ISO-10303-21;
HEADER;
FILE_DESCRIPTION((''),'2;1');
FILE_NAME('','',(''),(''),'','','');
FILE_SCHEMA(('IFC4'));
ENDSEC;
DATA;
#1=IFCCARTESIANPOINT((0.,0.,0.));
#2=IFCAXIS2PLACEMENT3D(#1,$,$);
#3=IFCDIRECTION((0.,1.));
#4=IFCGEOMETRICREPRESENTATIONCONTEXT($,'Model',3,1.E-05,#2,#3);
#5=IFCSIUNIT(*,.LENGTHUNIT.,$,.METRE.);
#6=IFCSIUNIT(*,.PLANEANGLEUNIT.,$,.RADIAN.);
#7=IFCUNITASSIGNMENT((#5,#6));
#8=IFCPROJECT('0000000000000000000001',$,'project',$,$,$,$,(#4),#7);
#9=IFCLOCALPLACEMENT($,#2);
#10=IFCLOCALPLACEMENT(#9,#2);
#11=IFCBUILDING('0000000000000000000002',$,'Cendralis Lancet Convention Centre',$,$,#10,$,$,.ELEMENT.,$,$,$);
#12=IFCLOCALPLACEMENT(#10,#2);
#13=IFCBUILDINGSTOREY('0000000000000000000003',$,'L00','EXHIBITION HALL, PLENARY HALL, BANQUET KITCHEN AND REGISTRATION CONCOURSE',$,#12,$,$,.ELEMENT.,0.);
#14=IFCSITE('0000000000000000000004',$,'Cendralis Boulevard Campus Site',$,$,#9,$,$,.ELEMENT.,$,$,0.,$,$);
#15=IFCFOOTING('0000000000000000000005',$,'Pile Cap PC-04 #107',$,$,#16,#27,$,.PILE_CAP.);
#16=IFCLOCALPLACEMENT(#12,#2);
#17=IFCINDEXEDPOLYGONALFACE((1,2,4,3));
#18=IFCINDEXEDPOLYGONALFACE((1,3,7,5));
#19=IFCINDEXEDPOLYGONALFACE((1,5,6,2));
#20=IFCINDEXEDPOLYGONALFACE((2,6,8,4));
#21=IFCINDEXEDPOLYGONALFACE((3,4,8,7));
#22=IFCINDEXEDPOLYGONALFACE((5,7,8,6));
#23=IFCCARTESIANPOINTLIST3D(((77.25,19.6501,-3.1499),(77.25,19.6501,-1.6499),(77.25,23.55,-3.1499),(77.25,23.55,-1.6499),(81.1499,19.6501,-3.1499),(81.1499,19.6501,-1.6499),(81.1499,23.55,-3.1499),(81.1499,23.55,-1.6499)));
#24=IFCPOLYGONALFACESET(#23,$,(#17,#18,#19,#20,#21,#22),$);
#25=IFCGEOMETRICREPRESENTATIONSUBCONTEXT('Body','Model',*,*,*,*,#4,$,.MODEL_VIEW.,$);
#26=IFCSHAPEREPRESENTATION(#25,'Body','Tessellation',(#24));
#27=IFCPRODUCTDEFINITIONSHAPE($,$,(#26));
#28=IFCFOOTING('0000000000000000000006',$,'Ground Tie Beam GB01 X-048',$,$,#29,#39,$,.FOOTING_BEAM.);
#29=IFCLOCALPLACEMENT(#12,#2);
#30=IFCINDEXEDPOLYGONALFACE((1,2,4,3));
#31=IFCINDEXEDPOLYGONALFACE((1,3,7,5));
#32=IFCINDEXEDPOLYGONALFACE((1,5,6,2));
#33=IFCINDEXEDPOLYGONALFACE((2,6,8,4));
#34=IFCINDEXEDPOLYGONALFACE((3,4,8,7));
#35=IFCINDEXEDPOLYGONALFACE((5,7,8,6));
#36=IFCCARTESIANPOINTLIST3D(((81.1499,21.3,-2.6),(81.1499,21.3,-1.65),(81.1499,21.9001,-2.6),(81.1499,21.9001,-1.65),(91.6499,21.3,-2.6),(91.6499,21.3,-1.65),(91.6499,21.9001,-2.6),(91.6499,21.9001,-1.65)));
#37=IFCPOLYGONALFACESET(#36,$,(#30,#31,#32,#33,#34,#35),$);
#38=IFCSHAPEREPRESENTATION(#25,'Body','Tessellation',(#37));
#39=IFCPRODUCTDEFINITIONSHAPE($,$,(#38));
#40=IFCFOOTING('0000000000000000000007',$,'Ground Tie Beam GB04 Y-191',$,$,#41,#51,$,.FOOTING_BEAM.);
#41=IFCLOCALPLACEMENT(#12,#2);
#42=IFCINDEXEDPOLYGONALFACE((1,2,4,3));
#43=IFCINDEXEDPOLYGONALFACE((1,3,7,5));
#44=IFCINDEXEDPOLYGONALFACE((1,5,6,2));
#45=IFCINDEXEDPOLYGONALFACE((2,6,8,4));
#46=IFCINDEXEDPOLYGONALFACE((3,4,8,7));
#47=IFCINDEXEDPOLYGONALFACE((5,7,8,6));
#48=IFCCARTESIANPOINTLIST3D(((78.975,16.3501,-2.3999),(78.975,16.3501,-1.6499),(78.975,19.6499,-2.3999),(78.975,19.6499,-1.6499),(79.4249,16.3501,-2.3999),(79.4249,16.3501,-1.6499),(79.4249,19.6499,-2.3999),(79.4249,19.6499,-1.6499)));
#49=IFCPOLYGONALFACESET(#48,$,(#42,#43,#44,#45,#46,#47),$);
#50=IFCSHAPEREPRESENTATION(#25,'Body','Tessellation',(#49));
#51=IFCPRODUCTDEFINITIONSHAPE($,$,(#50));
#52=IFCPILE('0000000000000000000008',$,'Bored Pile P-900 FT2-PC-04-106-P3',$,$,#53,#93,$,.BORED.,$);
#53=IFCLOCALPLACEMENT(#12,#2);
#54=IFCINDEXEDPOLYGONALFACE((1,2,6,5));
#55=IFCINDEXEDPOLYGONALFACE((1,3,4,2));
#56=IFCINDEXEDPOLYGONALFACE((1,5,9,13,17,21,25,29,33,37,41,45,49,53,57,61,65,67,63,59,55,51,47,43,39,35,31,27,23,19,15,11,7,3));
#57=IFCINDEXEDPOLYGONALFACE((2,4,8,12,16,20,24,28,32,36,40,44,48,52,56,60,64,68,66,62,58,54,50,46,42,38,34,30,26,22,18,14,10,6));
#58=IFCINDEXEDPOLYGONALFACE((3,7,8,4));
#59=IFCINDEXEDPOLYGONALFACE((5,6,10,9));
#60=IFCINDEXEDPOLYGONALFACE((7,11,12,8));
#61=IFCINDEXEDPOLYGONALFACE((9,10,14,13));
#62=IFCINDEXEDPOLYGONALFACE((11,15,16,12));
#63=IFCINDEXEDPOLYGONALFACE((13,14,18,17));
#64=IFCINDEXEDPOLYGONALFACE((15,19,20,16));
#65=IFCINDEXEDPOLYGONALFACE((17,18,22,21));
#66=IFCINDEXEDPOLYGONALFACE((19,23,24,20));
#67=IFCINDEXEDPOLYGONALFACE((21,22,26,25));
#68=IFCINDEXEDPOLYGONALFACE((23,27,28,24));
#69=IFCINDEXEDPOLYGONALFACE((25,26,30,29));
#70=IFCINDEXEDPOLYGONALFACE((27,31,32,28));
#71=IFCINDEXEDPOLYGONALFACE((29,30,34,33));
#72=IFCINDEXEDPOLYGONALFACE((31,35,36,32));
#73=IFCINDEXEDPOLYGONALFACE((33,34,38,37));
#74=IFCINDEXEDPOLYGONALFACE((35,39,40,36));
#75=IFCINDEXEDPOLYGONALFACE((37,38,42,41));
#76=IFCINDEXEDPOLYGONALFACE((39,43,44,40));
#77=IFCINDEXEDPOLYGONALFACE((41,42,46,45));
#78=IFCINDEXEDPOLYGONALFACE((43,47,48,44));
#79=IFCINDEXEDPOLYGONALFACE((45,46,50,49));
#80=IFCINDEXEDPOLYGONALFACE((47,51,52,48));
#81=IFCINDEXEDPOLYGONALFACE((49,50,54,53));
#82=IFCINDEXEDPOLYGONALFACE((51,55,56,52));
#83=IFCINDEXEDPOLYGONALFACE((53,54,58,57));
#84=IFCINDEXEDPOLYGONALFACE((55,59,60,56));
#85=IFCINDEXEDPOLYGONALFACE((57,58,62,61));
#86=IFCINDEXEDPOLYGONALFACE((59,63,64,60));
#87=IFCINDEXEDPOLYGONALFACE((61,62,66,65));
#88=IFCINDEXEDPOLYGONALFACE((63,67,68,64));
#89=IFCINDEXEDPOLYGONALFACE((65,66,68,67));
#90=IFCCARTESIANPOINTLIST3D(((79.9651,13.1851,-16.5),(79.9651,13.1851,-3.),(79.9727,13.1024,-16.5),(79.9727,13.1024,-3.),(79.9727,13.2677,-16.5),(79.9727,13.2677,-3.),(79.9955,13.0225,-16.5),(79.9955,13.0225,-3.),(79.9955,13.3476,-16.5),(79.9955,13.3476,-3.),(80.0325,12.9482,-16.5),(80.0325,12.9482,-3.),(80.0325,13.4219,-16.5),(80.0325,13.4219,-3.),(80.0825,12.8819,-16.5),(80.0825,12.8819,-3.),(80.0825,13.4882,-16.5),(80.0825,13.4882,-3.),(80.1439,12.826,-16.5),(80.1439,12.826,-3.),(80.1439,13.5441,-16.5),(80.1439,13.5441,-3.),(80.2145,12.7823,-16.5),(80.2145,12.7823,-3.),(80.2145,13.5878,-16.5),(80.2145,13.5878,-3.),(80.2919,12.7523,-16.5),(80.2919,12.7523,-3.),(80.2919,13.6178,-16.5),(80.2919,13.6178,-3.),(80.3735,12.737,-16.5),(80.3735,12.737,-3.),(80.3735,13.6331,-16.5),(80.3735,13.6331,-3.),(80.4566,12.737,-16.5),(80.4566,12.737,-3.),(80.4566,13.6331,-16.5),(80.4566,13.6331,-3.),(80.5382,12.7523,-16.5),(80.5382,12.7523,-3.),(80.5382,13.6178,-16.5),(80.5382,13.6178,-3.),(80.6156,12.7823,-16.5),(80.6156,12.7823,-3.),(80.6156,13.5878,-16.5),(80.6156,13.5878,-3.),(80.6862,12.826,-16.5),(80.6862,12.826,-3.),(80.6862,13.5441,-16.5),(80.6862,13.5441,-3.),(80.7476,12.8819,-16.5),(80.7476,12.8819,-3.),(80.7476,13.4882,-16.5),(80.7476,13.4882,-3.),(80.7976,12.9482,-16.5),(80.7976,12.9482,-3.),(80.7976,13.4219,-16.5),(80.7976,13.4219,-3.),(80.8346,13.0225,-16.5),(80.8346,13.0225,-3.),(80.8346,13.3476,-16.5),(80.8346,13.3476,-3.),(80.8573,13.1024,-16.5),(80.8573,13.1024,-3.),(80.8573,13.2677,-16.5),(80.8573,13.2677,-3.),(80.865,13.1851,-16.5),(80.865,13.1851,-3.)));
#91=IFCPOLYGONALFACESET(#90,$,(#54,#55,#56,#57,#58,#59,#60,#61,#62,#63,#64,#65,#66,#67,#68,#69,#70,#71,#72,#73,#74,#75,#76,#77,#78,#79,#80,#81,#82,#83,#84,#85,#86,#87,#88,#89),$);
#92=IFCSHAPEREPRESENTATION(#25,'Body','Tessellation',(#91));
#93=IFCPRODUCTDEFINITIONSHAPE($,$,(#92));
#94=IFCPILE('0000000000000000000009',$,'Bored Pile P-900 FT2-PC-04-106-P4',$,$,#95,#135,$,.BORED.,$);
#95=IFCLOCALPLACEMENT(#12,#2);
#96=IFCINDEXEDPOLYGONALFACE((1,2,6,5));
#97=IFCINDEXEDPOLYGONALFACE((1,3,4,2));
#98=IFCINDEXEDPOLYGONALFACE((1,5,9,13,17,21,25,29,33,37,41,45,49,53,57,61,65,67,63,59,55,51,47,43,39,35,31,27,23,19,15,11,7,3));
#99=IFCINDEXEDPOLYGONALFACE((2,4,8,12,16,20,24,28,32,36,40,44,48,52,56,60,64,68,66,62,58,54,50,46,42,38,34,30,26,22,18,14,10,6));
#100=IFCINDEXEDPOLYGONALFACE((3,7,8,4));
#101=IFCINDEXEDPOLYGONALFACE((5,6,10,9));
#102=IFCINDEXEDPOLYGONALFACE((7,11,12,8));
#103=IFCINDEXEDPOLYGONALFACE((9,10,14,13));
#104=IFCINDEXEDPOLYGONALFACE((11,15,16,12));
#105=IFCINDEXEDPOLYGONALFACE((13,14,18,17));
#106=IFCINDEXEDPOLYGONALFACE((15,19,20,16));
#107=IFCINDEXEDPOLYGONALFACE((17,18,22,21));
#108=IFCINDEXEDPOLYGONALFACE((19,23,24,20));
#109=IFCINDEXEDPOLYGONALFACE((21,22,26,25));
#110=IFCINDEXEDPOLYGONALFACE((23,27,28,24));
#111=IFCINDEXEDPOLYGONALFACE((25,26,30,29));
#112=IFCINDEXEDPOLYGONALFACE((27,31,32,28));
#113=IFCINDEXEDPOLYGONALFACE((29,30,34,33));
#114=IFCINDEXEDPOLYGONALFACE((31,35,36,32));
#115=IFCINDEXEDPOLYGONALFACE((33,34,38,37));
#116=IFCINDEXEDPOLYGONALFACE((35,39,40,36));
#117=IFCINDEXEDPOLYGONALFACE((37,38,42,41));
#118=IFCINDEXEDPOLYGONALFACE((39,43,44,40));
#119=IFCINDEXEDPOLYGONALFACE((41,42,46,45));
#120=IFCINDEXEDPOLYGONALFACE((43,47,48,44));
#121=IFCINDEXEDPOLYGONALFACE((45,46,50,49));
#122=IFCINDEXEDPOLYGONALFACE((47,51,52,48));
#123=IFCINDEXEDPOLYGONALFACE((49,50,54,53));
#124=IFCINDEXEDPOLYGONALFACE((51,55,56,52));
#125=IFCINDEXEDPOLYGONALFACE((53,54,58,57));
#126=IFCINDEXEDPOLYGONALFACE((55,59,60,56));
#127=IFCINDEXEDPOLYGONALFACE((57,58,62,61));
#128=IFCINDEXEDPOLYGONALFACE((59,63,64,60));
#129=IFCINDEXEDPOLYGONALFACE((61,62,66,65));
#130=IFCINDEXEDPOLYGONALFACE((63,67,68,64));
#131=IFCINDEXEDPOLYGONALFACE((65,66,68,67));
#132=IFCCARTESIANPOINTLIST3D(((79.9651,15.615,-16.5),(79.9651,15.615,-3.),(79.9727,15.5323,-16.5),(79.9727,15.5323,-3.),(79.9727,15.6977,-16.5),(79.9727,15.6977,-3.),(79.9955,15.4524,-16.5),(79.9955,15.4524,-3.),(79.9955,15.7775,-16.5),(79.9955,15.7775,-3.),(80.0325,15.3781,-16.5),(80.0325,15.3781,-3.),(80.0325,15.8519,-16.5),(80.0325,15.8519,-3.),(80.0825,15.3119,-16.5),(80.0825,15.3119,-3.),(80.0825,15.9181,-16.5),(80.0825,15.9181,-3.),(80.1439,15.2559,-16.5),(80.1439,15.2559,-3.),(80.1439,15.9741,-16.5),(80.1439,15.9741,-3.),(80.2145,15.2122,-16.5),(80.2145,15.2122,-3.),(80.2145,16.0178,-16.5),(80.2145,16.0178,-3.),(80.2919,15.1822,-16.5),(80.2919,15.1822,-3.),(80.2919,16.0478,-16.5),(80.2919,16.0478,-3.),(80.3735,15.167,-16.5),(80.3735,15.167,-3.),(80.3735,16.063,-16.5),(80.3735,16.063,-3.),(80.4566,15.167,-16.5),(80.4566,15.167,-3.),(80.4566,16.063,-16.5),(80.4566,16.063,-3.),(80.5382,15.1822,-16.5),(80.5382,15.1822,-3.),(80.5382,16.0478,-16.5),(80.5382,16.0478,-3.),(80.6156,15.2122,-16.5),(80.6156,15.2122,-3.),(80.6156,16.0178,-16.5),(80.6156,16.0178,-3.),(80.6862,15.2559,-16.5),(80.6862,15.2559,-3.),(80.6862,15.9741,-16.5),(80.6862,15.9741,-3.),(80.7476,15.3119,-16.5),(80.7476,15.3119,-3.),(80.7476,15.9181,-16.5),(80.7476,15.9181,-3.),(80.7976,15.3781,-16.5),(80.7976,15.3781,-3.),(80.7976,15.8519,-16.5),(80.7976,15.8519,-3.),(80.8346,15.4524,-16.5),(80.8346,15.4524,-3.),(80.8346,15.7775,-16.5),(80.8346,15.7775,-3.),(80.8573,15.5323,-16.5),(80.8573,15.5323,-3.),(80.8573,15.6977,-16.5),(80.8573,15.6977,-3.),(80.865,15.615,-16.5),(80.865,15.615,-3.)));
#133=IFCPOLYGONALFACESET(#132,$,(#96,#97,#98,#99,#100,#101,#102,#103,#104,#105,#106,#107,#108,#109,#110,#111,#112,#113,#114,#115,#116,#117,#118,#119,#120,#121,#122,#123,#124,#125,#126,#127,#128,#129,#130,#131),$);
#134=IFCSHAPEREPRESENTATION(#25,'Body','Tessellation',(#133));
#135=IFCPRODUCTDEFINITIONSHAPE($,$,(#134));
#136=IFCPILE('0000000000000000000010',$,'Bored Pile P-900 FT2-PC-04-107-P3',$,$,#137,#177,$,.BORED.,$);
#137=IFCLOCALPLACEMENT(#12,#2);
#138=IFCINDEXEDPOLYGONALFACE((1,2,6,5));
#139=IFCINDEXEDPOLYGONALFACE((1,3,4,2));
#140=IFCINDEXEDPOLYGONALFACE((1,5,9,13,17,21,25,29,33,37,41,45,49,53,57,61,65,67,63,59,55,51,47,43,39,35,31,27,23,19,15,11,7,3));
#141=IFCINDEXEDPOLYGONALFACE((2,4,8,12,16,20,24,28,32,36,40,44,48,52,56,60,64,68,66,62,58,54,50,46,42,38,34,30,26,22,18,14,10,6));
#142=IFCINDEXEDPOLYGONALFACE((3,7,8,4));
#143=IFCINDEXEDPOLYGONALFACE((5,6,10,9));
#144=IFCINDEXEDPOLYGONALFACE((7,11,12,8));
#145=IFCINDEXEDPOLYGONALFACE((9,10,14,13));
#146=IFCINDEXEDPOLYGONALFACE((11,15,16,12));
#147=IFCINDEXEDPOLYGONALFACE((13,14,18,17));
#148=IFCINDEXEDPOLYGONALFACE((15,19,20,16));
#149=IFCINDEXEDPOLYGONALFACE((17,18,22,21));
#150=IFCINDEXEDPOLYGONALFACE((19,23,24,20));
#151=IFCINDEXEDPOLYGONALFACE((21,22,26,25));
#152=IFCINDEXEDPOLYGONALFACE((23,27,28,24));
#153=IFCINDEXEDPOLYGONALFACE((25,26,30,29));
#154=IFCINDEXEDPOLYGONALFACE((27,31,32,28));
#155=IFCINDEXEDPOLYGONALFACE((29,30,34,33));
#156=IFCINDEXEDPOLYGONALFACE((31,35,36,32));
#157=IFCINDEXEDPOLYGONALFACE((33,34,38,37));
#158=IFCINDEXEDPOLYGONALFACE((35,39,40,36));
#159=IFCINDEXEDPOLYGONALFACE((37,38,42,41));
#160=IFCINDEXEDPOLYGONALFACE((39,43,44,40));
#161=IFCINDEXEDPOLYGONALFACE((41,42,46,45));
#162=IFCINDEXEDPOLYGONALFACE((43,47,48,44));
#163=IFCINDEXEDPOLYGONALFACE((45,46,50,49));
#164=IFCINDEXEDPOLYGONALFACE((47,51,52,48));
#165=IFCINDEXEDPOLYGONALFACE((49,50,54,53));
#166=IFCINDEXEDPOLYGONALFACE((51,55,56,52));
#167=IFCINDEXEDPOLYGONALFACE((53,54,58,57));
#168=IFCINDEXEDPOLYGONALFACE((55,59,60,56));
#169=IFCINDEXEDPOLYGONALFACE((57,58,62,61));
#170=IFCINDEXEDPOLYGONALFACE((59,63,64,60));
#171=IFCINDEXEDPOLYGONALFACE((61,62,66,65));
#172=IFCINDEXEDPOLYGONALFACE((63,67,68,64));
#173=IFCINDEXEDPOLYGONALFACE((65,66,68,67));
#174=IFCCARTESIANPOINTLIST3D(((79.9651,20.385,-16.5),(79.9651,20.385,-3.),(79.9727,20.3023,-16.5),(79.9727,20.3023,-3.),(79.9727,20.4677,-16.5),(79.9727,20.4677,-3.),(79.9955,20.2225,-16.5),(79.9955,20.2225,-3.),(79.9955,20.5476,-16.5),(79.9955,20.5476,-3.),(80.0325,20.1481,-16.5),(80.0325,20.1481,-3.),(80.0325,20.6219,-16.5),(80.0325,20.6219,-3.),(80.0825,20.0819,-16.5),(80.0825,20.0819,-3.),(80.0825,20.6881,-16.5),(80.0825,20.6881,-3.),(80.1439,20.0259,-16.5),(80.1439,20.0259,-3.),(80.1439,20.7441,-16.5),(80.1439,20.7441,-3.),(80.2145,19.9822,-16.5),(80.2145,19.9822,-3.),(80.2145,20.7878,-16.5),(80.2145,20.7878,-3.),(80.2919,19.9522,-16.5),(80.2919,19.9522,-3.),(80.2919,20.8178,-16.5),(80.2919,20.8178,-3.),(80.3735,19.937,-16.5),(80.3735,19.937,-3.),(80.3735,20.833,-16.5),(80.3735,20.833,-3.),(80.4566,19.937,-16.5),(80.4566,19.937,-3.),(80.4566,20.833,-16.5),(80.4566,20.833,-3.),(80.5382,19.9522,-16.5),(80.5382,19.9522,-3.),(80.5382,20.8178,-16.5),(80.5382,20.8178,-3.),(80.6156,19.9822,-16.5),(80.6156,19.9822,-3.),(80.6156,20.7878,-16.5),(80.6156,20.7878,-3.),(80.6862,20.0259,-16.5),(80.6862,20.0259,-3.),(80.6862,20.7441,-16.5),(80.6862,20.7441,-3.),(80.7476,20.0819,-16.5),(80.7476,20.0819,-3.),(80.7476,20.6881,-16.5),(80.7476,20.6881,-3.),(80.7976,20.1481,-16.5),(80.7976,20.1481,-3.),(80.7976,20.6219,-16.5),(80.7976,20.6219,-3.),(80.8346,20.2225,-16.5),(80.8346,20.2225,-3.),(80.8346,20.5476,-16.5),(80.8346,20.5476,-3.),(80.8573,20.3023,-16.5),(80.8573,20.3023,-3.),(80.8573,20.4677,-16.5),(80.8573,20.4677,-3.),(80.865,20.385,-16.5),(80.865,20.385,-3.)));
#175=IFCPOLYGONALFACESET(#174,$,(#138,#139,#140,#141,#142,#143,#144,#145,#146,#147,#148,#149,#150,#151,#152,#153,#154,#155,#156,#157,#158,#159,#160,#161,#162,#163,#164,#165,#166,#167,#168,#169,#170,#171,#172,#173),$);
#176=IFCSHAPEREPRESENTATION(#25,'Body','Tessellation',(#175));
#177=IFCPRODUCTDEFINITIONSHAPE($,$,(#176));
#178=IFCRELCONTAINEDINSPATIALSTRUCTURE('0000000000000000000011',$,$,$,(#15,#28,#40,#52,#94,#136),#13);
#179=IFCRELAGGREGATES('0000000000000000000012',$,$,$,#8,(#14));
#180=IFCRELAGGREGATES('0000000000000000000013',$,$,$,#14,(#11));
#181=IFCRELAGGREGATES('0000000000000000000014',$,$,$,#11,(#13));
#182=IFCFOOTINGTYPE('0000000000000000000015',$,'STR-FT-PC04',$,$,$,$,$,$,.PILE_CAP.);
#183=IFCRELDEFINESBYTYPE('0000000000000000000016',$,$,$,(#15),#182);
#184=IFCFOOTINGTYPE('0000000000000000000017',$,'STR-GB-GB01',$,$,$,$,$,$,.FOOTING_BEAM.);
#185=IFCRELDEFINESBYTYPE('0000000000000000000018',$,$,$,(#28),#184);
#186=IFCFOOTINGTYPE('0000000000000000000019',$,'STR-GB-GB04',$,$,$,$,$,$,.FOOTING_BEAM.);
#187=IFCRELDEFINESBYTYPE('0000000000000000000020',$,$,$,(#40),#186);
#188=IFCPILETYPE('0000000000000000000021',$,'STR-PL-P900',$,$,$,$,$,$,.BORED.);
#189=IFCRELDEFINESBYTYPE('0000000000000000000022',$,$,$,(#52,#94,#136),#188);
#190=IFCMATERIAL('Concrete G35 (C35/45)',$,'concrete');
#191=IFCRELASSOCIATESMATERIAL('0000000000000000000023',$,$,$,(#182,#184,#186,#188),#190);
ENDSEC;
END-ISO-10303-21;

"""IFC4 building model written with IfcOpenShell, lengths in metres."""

from ifc_helpers import new_model, si_unit, direction, frame, origin, origin_2d, place, context, subcontext, project, spatial, rectangle, circle, extrude, material, material_profile, profile_set, type_object, element, save


model = new_model("IFC4")

# Units and contexts
model_context = context("Model", 3, precision=1e-05, world=origin(), true_north=direction((0.0, 1.0)))
body_context = subcontext(model_context, "Body", "Model", "MODEL_VIEW")
ifc_project = project(units=[si_unit("LENGTHUNIT", "METRE"), si_unit("PLANEANGLEUNIT", "RADIAN")], contexts=[model_context])

# Site, building, storey
site_placement = place(None, origin())
site = spatial("IfcSite", under=ifc_project, at=site_placement, Name="Cendralis Boulevard Campus Site", CompositionType="ELEMENT", RefElevation=0.0)
building_placement = place(site_placement, origin())
building = spatial("IfcBuilding", under=site, at=building_placement, Name="Cendralis Lancet Convention Centre", CompositionType="ELEMENT")
storey_placement = place(building_placement, origin())
storey = spatial("IfcBuildingStorey", under=building, at=storey_placement, Name="L00", Description="EXHIBITION HALL, PLENARY HALL, BANQUET KITCHEN AND REGISTRATION CONCOURSE", CompositionType="ELEMENT", Elevation=0.0)

# Footings
ifc_material_1 = material(Name="Concrete G35 (C35/45)", Category="concrete")
footing_type_1 = type_object("IfcFootingType", Name="STR-FT-PC04", PredefinedType="PILE_CAP", material=ifc_material_1)
footing_1_placement = place(storey_placement, frame((79.2, 21.6001, -3.1499), z_axis=(0.0, 0.0, 1.0), x_axis=(1.0, 0.0, 0.0)))
element("IfcFooting", 1, at=footing_1_placement, inside=storey, type_object=footing_type_1, Name="Pile Cap PC-04 #107", PredefinedType="PILE_CAP", context=body_context, shape_type="SweptSolid", body=[
    extrude(rectangle(XDim=3.8999, YDim=3.8999, at=origin_2d()), origin(), (0.0, 0.0, 1.0), 1.5),
])
ifc_material_profile_1 = material_profile(ifc_material_1, rectangle(XDim=0.6001, YDim=0.95, at=origin_2d()), Name="RCB 600x950")
ifc_profile_set_1 = profile_set([ifc_material_profile_1], Name="Concrete G35 (C35/45)")
footing_type_2 = type_object("IfcFootingType", Name="STR-GB-GB01", PredefinedType="FOOTING_BEAM", material=ifc_profile_set_1)
footing_2_placement = place(storey_placement, frame((81.1499, 21.6001, -2.125), z_axis=(1.0, 0.0, 0.0), x_axis=(0.0, 1.0, 0.0)))
element("IfcFooting", 2, at=footing_2_placement, inside=storey, type_object=footing_type_2, Name="Ground Tie Beam GB01 X-048", PredefinedType="FOOTING_BEAM", context=body_context, shape_type="SweptSolid", body=[
    extrude(rectangle(XDim=0.6001, YDim=0.95, at=origin_2d()), origin(), (0.0, 0.0, 1.0), 10.5),
])
ifc_material_profile_2 = material_profile(ifc_material_1, rectangle(XDim=0.45, YDim=0.75, at=origin_2d()), Name="RCB 450x750")
ifc_profile_set_2 = profile_set([ifc_material_profile_2], Name="Concrete G35 (C35/45)")
footing_type_3 = type_object("IfcFootingType", Name="STR-GB-GB04", PredefinedType="FOOTING_BEAM", material=ifc_profile_set_2)
footing_3_placement = place(storey_placement, frame((79.2, 16.3501, -2.0249), z_axis=(0.0, 1.0, 0.0), x_axis=(-1.0, 0.0, 0.0)))
element("IfcFooting", 3, at=footing_3_placement, inside=storey, type_object=footing_type_3, Name="Ground Tie Beam GB04 Y-191", PredefinedType="FOOTING_BEAM", context=body_context, shape_type="SweptSolid", body=[
    extrude(rectangle(XDim=0.45, YDim=0.75, at=origin_2d()), origin(), (0.0, 0.0, 1.0), 3.2998),
])

# Piles
ifc_material_profile_3 = material_profile(ifc_material_1, circle(Radius=0.45, at=origin_2d()), Name="BORED PILE D900")
ifc_profile_set_3 = profile_set([ifc_material_profile_3], Name="Concrete G35 (C35/45)")
pile_type = type_object("IfcPileType", Name="STR-PL-P900", PredefinedType="BORED", material=ifc_profile_set_3)
for number, where, z_axis, x_axis, name in (
    (4, (80.415, 13.1851, -3.0), (0.0, 0.0, -1.0), (1.0, 0.0, 0.0), "Bored Pile P-900 FT2-PC-04-106-P3"),
    (5, (80.415, 15.615, -3.0), (0.0, 0.0, -1.0), (1.0, 0.0, 0.0), "Bored Pile P-900 FT2-PC-04-106-P4"),
    (6, (80.415, 20.385, -3.0), (0.0, 0.0, -1.0), (1.0, 0.0, 0.0), "Bored Pile P-900 FT2-PC-04-107-P3"),
):
    element("IfcPile", number, at=place(storey_placement, frame(where, z_axis=z_axis, x_axis=x_axis)), inside=storey, type_object=pile_type, Name=name, PredefinedType="BORED", context=body_context, shape_type="SweptSolid", body=[
        extrude(circle(Radius=0.45, at=origin_2d()), origin(), (0.0, 0.0, 1.0), 13.5),
    ])

save(model, "model.ifc")
